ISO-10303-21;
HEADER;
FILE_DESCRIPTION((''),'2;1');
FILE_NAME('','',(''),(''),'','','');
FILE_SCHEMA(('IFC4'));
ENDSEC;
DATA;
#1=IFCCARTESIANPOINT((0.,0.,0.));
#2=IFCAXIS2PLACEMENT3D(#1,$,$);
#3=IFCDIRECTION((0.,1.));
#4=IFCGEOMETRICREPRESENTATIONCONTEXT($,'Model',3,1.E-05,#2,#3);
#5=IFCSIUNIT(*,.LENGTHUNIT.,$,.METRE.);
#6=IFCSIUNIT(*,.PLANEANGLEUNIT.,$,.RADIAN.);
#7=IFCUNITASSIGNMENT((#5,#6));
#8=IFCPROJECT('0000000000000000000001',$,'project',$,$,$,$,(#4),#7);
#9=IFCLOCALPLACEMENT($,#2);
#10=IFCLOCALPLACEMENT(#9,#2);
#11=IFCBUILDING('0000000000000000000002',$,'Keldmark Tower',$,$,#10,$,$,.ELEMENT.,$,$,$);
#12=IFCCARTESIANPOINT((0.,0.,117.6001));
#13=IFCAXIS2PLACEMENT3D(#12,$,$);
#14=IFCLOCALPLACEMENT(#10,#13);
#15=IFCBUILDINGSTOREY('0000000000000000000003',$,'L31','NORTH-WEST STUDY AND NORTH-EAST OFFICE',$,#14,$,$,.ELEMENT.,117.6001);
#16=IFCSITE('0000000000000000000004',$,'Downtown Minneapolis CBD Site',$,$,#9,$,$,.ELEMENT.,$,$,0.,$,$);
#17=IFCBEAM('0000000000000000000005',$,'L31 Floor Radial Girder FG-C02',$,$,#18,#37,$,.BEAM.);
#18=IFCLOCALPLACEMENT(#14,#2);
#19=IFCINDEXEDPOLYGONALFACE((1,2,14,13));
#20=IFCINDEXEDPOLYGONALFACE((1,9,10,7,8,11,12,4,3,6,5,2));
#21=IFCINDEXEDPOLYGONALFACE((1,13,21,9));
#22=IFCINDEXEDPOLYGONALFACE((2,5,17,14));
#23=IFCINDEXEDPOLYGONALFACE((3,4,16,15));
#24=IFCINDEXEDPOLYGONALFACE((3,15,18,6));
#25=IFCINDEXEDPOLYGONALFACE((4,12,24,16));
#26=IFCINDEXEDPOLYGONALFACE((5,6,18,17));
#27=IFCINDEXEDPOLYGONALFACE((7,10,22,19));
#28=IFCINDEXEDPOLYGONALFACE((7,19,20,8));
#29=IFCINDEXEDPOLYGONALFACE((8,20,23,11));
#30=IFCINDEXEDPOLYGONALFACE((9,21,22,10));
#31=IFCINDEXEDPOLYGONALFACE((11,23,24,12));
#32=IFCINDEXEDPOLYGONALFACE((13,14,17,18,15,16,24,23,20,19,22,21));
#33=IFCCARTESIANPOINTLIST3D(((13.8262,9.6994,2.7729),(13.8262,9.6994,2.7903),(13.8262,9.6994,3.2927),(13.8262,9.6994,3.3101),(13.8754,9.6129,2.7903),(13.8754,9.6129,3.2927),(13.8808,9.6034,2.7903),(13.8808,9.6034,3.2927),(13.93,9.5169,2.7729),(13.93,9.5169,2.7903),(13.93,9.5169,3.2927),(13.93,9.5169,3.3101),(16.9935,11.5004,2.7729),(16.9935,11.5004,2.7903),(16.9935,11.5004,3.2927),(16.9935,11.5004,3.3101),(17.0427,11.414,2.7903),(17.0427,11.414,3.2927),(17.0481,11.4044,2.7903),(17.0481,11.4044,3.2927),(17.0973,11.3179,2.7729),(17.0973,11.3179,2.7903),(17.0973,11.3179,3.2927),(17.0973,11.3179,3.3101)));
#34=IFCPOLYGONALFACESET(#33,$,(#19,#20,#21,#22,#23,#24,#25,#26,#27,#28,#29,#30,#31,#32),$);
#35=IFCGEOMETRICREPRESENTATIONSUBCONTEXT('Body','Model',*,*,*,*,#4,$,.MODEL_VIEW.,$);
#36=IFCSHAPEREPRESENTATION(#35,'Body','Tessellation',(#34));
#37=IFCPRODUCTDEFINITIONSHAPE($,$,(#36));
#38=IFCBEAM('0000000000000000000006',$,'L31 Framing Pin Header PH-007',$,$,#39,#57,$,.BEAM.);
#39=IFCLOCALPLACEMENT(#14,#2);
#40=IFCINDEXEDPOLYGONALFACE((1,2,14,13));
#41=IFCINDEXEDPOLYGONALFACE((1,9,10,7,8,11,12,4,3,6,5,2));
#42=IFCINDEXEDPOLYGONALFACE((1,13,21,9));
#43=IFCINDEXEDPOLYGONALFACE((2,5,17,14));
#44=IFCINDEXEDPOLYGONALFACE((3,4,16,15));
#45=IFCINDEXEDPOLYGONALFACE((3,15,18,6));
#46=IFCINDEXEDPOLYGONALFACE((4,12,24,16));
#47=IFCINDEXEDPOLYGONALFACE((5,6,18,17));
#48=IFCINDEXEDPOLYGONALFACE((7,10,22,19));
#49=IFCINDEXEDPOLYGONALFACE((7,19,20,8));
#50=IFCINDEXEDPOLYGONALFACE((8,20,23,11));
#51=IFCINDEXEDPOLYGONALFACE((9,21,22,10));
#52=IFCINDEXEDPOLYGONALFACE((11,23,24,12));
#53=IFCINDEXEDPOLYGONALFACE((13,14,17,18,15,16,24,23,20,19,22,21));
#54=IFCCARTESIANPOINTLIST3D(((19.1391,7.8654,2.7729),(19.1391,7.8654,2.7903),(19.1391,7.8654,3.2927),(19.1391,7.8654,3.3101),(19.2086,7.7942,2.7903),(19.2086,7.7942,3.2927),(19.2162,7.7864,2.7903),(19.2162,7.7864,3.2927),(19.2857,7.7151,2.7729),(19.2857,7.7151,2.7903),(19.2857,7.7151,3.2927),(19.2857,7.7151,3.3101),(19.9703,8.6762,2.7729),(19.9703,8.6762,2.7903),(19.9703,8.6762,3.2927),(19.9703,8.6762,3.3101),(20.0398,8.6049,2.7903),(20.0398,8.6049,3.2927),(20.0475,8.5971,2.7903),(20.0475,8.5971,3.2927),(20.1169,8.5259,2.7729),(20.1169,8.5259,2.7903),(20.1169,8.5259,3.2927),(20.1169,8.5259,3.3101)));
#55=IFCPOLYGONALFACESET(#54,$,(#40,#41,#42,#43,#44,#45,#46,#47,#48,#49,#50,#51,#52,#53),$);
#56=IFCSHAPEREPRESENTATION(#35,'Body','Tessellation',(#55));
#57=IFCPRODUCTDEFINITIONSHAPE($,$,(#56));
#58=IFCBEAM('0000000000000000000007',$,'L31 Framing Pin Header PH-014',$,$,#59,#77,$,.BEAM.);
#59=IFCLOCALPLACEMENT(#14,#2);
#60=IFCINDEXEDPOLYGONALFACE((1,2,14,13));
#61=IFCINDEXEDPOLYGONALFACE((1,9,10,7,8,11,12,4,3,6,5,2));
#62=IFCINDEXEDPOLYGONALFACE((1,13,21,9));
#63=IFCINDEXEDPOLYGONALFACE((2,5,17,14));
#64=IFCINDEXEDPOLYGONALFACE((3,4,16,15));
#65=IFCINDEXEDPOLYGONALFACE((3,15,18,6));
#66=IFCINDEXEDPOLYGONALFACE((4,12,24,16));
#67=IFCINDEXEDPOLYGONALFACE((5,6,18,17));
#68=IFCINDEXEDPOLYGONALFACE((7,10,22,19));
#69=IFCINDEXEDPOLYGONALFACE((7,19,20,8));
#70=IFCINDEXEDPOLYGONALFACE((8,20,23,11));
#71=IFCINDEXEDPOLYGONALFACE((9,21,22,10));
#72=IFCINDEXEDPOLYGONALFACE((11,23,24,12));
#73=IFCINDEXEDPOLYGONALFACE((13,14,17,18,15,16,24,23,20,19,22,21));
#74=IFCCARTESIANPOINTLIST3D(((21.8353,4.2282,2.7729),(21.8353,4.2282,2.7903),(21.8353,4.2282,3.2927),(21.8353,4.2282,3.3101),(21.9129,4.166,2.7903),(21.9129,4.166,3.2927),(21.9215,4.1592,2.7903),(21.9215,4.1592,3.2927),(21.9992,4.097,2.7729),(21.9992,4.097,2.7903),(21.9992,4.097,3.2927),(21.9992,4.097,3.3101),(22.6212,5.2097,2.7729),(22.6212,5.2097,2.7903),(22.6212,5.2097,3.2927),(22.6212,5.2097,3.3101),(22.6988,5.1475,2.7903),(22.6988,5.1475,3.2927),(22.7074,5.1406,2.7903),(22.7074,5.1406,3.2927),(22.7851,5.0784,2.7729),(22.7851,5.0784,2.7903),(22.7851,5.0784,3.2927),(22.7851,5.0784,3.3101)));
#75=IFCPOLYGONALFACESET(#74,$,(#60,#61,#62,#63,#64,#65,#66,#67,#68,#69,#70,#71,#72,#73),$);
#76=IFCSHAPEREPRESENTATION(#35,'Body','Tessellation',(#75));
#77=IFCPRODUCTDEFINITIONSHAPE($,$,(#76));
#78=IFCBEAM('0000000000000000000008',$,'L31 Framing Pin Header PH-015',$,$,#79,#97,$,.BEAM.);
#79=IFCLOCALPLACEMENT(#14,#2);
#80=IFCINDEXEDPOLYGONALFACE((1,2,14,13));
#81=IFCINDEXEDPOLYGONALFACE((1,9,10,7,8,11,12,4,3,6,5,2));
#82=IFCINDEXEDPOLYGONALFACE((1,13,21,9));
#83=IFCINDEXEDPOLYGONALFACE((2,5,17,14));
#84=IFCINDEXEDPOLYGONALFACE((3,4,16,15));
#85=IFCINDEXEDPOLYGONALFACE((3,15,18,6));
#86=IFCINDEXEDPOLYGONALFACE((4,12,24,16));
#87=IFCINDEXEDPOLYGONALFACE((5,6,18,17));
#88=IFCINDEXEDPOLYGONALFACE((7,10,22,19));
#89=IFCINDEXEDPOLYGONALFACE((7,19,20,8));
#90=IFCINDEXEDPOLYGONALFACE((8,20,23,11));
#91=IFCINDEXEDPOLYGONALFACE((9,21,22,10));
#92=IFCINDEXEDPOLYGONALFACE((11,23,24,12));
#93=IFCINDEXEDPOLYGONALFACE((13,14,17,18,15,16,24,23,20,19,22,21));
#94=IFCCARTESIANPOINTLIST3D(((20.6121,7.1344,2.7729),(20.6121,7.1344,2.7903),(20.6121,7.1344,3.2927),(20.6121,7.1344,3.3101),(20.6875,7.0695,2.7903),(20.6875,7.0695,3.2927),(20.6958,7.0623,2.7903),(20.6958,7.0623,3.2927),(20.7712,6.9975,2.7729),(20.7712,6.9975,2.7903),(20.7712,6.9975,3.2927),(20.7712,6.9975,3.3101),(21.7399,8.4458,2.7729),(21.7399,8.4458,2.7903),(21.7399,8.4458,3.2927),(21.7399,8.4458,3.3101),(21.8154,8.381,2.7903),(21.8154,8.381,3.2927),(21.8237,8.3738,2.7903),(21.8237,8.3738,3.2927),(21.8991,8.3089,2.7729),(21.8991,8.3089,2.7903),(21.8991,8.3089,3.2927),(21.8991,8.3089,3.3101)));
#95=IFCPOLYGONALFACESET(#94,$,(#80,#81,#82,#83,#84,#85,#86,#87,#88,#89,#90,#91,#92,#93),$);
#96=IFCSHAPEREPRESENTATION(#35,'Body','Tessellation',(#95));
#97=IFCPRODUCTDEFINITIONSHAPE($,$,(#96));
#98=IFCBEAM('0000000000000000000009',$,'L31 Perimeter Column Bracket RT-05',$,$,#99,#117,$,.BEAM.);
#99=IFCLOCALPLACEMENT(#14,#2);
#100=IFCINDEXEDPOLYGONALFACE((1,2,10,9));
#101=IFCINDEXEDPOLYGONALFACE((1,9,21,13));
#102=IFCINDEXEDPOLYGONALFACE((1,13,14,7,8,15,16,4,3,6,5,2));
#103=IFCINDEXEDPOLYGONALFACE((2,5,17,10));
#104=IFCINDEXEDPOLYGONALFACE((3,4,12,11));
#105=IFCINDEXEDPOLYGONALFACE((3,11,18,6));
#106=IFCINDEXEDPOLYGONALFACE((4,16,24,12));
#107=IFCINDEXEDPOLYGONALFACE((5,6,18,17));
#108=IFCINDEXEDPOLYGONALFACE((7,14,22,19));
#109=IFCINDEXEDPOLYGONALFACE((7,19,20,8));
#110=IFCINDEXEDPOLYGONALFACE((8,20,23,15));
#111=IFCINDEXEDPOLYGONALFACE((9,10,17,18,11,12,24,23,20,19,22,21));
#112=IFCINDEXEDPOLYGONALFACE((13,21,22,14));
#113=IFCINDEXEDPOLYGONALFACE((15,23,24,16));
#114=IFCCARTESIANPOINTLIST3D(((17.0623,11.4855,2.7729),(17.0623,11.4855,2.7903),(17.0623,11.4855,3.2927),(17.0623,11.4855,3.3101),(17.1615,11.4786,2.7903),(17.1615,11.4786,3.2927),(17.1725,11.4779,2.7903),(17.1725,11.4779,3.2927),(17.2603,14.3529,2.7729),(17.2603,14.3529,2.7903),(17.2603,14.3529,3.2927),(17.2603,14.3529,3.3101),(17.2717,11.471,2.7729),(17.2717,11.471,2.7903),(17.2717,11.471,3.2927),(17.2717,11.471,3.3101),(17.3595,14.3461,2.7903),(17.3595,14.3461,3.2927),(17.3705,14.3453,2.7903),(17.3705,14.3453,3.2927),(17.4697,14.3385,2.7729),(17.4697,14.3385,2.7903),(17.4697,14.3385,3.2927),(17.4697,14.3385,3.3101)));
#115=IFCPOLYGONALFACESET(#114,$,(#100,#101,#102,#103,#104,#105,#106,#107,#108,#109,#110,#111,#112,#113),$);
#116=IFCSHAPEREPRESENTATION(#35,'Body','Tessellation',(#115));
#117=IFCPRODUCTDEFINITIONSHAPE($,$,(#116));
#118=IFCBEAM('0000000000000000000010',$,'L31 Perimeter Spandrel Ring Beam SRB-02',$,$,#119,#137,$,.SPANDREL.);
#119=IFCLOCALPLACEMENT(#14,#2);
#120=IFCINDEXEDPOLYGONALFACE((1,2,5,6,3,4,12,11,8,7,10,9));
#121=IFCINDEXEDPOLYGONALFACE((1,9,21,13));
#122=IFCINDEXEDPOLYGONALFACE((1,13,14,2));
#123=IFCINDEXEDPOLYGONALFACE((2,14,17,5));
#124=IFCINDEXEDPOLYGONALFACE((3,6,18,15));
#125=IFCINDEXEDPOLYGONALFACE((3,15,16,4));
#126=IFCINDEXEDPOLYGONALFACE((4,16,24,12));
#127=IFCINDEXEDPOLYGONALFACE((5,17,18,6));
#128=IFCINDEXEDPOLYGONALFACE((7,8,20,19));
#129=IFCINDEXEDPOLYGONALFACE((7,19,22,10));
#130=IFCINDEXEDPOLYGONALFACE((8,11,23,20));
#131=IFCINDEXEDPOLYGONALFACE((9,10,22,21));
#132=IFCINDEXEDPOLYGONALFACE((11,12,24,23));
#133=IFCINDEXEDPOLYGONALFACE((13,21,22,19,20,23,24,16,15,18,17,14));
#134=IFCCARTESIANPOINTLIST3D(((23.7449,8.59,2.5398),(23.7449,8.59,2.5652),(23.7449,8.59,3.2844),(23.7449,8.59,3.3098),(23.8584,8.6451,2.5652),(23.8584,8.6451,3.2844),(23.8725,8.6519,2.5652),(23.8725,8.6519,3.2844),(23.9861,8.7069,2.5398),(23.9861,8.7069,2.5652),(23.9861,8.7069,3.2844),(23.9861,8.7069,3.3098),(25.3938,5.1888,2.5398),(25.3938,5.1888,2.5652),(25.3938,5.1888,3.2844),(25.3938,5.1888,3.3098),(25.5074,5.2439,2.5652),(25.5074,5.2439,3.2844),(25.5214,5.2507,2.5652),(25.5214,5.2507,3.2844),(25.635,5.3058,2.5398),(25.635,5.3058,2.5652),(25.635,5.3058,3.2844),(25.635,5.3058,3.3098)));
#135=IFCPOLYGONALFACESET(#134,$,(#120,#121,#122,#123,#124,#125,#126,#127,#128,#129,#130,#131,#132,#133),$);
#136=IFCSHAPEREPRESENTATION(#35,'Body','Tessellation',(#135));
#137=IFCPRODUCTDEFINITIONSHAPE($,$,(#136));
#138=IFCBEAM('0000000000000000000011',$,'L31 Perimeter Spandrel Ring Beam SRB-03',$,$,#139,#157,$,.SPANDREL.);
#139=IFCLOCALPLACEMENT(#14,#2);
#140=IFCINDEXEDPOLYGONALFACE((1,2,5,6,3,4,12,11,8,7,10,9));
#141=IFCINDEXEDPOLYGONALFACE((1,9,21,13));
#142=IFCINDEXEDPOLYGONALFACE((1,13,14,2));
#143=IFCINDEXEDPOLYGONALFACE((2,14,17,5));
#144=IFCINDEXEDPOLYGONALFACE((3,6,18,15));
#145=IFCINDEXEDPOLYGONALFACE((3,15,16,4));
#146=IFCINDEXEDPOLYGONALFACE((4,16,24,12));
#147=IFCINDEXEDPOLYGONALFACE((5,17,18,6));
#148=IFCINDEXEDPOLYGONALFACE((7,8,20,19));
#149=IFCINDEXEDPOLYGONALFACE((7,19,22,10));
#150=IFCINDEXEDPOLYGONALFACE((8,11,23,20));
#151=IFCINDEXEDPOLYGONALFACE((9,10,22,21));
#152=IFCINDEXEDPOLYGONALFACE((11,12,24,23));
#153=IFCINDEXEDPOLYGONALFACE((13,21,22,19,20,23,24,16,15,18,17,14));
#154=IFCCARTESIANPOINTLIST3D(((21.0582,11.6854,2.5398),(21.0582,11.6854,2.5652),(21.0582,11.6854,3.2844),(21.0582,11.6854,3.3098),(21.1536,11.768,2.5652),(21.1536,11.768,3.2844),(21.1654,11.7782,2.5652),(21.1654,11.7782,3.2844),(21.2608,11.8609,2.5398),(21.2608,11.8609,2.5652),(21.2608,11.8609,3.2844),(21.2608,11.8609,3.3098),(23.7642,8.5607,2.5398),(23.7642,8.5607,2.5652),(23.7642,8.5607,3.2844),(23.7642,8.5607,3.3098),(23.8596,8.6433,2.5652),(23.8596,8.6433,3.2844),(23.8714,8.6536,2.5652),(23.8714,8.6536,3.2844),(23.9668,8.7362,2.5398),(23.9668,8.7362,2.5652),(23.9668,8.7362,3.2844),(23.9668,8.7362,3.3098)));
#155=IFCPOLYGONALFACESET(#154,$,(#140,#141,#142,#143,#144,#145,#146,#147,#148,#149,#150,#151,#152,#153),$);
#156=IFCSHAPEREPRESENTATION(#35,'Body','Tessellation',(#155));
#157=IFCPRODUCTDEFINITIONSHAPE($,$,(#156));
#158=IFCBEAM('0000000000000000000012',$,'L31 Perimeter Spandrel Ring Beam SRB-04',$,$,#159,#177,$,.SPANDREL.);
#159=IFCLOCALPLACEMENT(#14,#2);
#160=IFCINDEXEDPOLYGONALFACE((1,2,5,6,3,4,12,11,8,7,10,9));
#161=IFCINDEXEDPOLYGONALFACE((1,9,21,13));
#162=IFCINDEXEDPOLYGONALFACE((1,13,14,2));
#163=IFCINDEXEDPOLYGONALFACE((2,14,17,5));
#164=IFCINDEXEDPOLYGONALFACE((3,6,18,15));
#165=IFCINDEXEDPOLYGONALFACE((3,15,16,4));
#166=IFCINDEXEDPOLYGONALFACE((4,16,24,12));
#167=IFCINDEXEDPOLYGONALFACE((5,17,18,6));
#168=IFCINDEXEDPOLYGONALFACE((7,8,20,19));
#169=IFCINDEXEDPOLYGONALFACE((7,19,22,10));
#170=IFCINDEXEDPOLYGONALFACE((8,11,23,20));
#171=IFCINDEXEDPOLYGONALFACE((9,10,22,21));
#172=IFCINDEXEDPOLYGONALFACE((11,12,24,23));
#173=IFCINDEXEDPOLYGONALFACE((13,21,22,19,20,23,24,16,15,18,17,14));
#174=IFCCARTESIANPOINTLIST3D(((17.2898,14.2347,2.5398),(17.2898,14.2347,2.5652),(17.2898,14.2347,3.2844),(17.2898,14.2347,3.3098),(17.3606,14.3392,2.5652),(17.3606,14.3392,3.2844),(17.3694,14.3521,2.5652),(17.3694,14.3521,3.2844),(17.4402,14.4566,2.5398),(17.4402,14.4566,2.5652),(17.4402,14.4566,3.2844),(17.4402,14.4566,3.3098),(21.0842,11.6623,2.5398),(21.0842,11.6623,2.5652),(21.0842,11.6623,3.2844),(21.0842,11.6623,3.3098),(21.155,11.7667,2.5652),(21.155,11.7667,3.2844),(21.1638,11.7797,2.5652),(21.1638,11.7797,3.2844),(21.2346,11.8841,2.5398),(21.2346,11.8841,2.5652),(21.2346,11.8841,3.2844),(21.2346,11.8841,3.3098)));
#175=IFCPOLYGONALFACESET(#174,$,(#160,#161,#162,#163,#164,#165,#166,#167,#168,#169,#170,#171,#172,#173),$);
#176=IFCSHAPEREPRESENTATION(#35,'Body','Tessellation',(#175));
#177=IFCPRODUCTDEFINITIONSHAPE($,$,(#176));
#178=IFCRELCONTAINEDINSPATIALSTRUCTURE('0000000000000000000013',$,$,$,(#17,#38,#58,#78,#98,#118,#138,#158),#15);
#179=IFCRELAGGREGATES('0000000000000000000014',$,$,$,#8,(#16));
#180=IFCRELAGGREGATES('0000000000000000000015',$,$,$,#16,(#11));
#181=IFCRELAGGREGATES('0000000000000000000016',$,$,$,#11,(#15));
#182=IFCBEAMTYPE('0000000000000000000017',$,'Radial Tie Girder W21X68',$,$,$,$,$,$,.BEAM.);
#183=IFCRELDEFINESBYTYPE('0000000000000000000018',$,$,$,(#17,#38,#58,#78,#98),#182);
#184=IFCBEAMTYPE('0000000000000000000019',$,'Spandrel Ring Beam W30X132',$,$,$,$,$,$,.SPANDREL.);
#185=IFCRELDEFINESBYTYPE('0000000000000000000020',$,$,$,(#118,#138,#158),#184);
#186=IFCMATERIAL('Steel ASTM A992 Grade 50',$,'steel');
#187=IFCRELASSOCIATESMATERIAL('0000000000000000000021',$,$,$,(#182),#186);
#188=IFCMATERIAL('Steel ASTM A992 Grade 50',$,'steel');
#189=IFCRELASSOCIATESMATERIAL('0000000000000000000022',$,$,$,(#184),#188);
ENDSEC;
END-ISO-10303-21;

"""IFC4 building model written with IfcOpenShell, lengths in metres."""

from ifc_helpers import new_model, si_unit, direction, frame, origin, origin_2d, place, context, subcontext, project, spatial, i_section, extrude, material, material_profile, profile_set, type_object, element, save


model = new_model("IFC4")

# Units and contexts
model_context = context("Model", 3, precision=1e-05, world=origin(), true_north=direction((0.0, 1.0)))
body_context = subcontext(model_context, "Body", "Model", "MODEL_VIEW")
ifc_project = project(units=[si_unit("LENGTHUNIT", "METRE"), si_unit("PLANEANGLEUNIT", "RADIAN")], contexts=[model_context])

# Site, building, storey
site_placement = place(None, origin())
site = spatial("IfcSite", under=ifc_project, at=site_placement, Name="Downtown Minneapolis CBD Site", CompositionType="ELEMENT", RefElevation=0.0)
building_placement = place(site_placement, origin())
building = spatial("IfcBuilding", under=site, at=building_placement, Name="Keldmark Tower", CompositionType="ELEMENT")
storey_placement = place(building_placement, frame((0.0, 0.0, 117.6001)))
storey = spatial("IfcBuildingStorey", under=building, at=storey_placement, Name="L31", Description="NORTH-WEST STUDY AND NORTH-EAST OFFICE", CompositionType="ELEMENT", Elevation=117.6001)

# Beams
ifc_material_1 = material(Name="Steel ASTM A992 Grade 50", Category="steel")
ifc_material_profile_1 = material_profile(ifc_material_1, i_section(OverallWidth=0.21, OverallDepth=0.5371, WebThickness=0.011, FlangeThickness=0.0173, at=origin_2d()), Name="W21X68")
ifc_profile_set_1 = profile_set([ifc_material_profile_1], Name="Steel ASTM A992 Grade 50")
beam_type_1 = type_object("IfcBeamType", Name="Radial Tie Girder W21X68", PredefinedType="BEAM", material=ifc_profile_set_1)
beam_1_placement = place(storey_placement, frame((17.0454, 11.4092, 3.0415), z_axis=(-0.869284, -0.494312, 0.0), x_axis=(0.494312, -0.869284, 0.0)))
element("IfcBeam", 1, at=beam_1_placement, inside=storey, type_object=beam_type_1, Name="L31 Floor Radial Girder FG-C02", PredefinedType="BEAM", context=body_context, shape_type="SweptSolid", body=[
    extrude(i_section(OverallWidth=0.21, OverallDepth=0.5371, WebThickness=0.011, FlangeThickness=0.0173, at=origin_2d()), origin(), (0.0, 0.0, 1.0), 3.6436),
])
beam_2_placement = place(storey_placement, frame((19.2124, 7.7903, 3.0415), z_axis=(0.715882, 0.698221, 0.0), x_axis=(-0.698221, 0.715882, 0.0)))
element("IfcBeam", 2, at=beam_2_placement, inside=storey, type_object=beam_type_1, Name="L31 Framing Pin Header PH-007", PredefinedType="BEAM", context=body_context, shape_type="SweptSolid", body=[
    extrude(i_section(OverallWidth=0.21, OverallDepth=0.5371, WebThickness=0.011, FlangeThickness=0.0173, at=origin_2d()), origin(), (0.0, 0.0, 1.0), 1.1611),
])
beam_3_placement = place(storey_placement, frame((21.9172, 4.1626, 3.0415), z_axis=(0.62505, 0.780585, 0.0), x_axis=(-0.780585, 0.62505, 0.0)))
element("IfcBeam", 3, at=beam_3_placement, inside=storey, type_object=beam_type_1, Name="L31 Framing Pin Header PH-014", PredefinedType="BEAM", context=body_context, shape_type="SweptSolid", body=[
    extrude(i_section(OverallWidth=0.21, OverallDepth=0.5371, WebThickness=0.011, FlangeThickness=0.0173, at=origin_2d()), origin(), (0.0, 0.0, 1.0), 1.2573),
])
beam_4_placement = place(storey_placement, frame((20.6917, 7.0659, 3.0415), z_axis=(0.652046, 0.75818, 0.0), x_axis=(-0.75818, 0.652046, 0.0)))
element("IfcBeam", 4, at=beam_4_placement, inside=storey, type_object=beam_type_1, Name="L31 Framing Pin Header PH-015", PredefinedType="BEAM", context=body_context, shape_type="SweptSolid", body=[
    extrude(i_section(OverallWidth=0.21, OverallDepth=0.5371, WebThickness=0.011, FlangeThickness=0.0173, at=origin_2d()), origin(), (0.0, 0.0, 1.0), 1.7297),
])
beam_5_placement = place(storey_placement, frame((17.167, 11.4783, 3.0415), z_axis=(0.068887, 0.997624, 0.0), x_axis=(-0.997624, 0.068887, 0.0)))
element("IfcBeam", 5, at=beam_5_placement, inside=storey, type_object=beam_type_1, Name="L31 Perimeter Column Bracket RT-05", PredefinedType="BEAM", context=body_context, shape_type="SweptSolid", body=[
    extrude(i_section(OverallWidth=0.21, OverallDepth=0.5371, WebThickness=0.011, FlangeThickness=0.0173, at=origin_2d()), origin(), (0.0, 0.0, 1.0), 2.8743),
])
ifc_material_2 = material(Name="Steel ASTM A992 Grade 50", Category="steel")
ifc_material_profile_2 = material_profile(ifc_material_2, i_section(OverallWidth=0.2681, OverallDepth=0.77, WebThickness=0.0156, FlangeThickness=0.0254, at=origin_2d()), Name="W30X132")
ifc_profile_set_2 = profile_set([ifc_material_profile_2], Name="Steel ASTM A992 Grade 50")
beam_type_2 = type_object("IfcBeamType", Name="Spandrel Ring Beam W30X132", PredefinedType="SPANDREL", material=ifc_profile_set_2)
beam_6_placement = place(storey_placement, frame((25.5144, 5.2473, 2.9248), z_axis=(-0.436251, 0.899825, 0.0), x_axis=(-0.899825, -0.436251, 0.0)))
element("IfcBeam", 6, at=beam_6_placement, inside=storey, type_object=beam_type_2, Name="L31 Perimeter Spandrel Ring Beam SRB-02", PredefinedType="SPANDREL", context=body_context, shape_type="SweptSolid", body=[
    extrude(i_section(OverallWidth=0.2681, OverallDepth=0.77, WebThickness=0.0156, FlangeThickness=0.0254, at=origin_2d()), origin(), (0.0, 0.0, 1.0), 3.7798),
])
beam_7_placement = place(storey_placement, frame((23.8655, 8.6484, 2.9248), z_axis=(-0.654645, 0.755937, 0.0), x_axis=(-0.755937, -0.654645, 0.0)))
element("IfcBeam", 7, at=beam_7_placement, inside=storey, type_object=beam_type_2, Name="L31 Perimeter Spandrel Ring Beam SRB-03", PredefinedType="SPANDREL", context=body_context, shape_type="SweptSolid", body=[
    extrude(i_section(OverallWidth=0.2681, OverallDepth=0.77, WebThickness=0.0156, FlangeThickness=0.0254, at=origin_2d()), origin(), (0.0, 0.0, 1.0), 4.1335),
])
beam_8_placement = place(storey_placement, frame((21.1594, 11.7732, 2.9248), z_axis=(-0.827707, 0.56116, 0.0), x_axis=(-0.56116, -0.827707, 0.0)))
element("IfcBeam", 8, at=beam_8_placement, inside=storey, type_object=beam_type_2, Name="L31 Perimeter Spandrel Ring Beam SRB-04", PredefinedType="SPANDREL", context=body_context, shape_type="SweptSolid", body=[
    extrude(i_section(OverallWidth=0.2681, OverallDepth=0.77, WebThickness=0.0156, FlangeThickness=0.0254, at=origin_2d()), origin(), (0.0, 0.0, 1.0), 4.5842),
])

save(model, "model.ifc")
